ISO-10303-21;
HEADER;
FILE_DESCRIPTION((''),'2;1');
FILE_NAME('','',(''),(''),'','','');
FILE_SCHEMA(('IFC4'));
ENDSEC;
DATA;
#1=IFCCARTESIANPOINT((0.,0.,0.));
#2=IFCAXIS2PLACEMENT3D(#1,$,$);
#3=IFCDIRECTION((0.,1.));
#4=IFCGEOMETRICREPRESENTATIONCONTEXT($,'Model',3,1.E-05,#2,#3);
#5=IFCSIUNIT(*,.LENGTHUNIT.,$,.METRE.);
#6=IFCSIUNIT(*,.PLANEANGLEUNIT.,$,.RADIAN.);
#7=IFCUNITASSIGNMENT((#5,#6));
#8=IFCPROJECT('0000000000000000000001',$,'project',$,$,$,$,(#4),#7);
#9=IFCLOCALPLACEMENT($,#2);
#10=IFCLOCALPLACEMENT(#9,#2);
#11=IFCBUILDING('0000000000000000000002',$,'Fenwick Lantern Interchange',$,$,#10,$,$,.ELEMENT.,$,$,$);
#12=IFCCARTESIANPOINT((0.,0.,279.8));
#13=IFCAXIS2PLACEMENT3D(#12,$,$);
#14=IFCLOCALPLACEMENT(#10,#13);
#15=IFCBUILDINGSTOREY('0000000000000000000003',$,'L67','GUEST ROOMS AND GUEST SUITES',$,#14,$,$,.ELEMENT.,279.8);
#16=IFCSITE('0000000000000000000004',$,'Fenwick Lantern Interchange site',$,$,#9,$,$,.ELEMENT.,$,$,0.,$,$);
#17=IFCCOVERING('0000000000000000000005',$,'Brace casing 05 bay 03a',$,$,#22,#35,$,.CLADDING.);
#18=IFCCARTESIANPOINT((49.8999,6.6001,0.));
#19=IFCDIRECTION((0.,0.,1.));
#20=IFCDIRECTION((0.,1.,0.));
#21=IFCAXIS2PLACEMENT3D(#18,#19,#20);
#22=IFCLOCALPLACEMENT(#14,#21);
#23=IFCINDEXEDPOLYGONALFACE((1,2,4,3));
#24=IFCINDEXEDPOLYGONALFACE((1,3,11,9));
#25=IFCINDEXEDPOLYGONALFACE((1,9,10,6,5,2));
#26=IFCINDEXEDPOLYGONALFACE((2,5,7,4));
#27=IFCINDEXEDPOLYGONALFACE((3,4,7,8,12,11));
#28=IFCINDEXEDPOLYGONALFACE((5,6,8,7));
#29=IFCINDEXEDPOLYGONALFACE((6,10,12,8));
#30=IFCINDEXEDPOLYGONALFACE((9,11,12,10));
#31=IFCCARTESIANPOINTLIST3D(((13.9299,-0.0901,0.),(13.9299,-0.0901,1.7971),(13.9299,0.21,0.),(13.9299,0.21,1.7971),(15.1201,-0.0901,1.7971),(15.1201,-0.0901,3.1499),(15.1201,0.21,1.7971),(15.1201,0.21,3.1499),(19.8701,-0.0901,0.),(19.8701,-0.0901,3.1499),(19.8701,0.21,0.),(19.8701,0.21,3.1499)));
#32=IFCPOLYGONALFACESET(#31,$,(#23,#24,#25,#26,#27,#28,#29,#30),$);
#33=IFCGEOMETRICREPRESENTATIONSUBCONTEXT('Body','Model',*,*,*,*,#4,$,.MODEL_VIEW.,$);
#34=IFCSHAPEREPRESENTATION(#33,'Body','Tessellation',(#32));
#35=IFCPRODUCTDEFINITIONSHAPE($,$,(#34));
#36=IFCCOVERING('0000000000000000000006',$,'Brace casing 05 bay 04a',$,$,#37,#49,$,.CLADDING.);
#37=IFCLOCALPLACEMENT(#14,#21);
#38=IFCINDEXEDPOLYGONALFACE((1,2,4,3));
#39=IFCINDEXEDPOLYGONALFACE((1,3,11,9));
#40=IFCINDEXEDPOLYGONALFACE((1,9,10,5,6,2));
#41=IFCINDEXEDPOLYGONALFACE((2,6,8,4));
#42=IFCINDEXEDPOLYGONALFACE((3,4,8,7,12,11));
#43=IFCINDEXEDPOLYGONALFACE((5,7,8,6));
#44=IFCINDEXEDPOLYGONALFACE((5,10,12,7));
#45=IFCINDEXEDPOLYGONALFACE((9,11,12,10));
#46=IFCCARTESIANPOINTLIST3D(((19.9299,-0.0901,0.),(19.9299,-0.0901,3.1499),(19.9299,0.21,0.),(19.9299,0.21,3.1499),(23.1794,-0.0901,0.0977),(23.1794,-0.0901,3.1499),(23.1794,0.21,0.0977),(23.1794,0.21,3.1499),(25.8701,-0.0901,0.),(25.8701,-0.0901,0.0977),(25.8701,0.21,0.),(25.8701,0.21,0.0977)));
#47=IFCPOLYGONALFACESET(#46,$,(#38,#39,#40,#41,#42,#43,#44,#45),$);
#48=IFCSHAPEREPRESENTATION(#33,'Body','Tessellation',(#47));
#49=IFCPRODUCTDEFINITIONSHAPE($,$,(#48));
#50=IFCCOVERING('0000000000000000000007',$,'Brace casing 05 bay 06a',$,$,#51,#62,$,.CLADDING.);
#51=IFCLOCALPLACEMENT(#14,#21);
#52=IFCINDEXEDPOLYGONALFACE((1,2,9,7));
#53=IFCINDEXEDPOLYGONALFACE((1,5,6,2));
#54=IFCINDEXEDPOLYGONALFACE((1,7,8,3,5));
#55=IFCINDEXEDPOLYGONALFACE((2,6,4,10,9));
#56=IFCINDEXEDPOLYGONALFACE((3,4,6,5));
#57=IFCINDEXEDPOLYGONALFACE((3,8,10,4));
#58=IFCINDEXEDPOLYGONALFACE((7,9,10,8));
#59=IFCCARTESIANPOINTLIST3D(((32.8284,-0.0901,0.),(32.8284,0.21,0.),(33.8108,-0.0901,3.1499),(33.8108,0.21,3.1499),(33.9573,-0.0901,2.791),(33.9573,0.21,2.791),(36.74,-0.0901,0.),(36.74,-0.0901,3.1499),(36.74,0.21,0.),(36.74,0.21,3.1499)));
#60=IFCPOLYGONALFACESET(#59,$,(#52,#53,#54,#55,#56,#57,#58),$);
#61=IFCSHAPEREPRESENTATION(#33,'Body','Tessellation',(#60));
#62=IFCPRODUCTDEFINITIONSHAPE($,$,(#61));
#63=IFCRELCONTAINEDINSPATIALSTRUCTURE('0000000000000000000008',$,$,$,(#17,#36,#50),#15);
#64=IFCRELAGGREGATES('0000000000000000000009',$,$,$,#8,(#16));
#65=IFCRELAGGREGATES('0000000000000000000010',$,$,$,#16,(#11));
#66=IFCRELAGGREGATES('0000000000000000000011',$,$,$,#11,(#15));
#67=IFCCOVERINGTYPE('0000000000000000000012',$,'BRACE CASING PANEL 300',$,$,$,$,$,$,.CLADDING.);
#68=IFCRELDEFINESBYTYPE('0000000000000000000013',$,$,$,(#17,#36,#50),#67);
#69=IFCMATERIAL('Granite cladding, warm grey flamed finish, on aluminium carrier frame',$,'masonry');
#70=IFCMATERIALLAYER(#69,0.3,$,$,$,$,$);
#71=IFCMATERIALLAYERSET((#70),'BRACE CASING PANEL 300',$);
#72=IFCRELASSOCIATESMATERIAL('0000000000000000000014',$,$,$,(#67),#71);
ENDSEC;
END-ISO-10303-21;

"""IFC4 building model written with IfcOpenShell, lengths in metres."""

from ifc_helpers import new_model, si_unit, direction, frame, origin, place, context, subcontext, project, spatial, polyline, outline, extrude, material, layer, layer_set, type_object, element, save


model = new_model("IFC4")

# Units and contexts
model_context = context("Model", 3, precision=1e-05, world=origin(), true_north=direction((0.0, 1.0)))
body_context = subcontext(model_context, "Body", "Model", "MODEL_VIEW")
ifc_project = project(units=[si_unit("LENGTHUNIT", "METRE"), si_unit("PLANEANGLEUNIT", "RADIAN")], contexts=[model_context])

# Site, building, storey
site_placement = place(None, origin())
site = spatial("IfcSite", under=ifc_project, at=site_placement, Name="Fenwick Lantern Interchange site", CompositionType="ELEMENT", RefElevation=0.0)
building_placement = place(site_placement, origin())
building = spatial("IfcBuilding", under=site, at=building_placement, Name="Fenwick Lantern Interchange", CompositionType="ELEMENT")
storey_placement = place(building_placement, frame((0.0, 0.0, 279.8)))
storey = spatial("IfcBuildingStorey", under=building, at=storey_placement, Name="L67", Description="GUEST ROOMS AND GUEST SUITES", CompositionType="ELEMENT", Elevation=279.8)

# Coverings
ifc_material_1 = material(Name="Granite cladding, warm grey flamed finish, on aluminium carrier frame", Category="masonry")
ifc_layer_1 = layer(ifc_material_1, 0.3)
ifc_layer_set_1 = layer_set([ifc_layer_1], Name="BRACE CASING PANEL 300")
covering_type = type_object("IfcCoveringType", Name="BRACE CASING PANEL 300", PredefinedType="CLADDING", material=ifc_layer_set_1)
covering_1_placement = place(storey_placement, frame((49.8999, 6.6001, 0.0), z_axis=(0.0, 0.0, 1.0), x_axis=(0.0, 1.0, 0.0)))
element("IfcCovering", 1, at=covering_1_placement, inside=storey, type_object=covering_type, Name="Brace casing 05 bay 03a", PredefinedType="CLADDING", context=body_context, shape_type="SweptSolid", body=[
    extrude(outline(polyline([(13.9299, 0.0), (19.8701, 0.0), (19.8701, 3.1499), (15.1201, 3.1499), (15.1201, 1.7971), (13.9299, 1.7971), (13.9299, 0.0)])), frame((0.0, 0.21, 0.0), z_axis=(0.0, -1.0, 0.0), x_axis=(1.0, 0.0, 0.0)), (0.0, 0.0, 1.0), 0.3),
])
covering_2_placement = place(storey_placement, frame((49.8999, 6.6001, 0.0), z_axis=(0.0, 0.0, 1.0), x_axis=(0.0, 1.0, 0.0)))
element("IfcCovering", 2, at=covering_2_placement, inside=storey, type_object=covering_type, Name="Brace casing 05 bay 04a", PredefinedType="CLADDING", context=body_context, shape_type="SweptSolid", body=[
    extrude(outline(polyline([(19.9299, 0.0), (25.8701, 0.0), (25.8701, 0.0977), (23.1794, 0.0977), (23.1794, 3.1499), (19.9299, 3.1499), (19.9299, 0.0)])), frame((0.0, 0.21, 0.0), z_axis=(0.0, -1.0, 0.0), x_axis=(1.0, 0.0, 0.0)), (0.0, 0.0, 1.0), 0.3),
])
covering_3_placement = place(storey_placement, frame((49.8999, 6.6001, 0.0), z_axis=(0.0, 0.0, 1.0), x_axis=(0.0, 1.0, 0.0)))
element("IfcCovering", 3, at=covering_3_placement, inside=storey, type_object=covering_type, Name="Brace casing 05 bay 06a", PredefinedType="CLADDING", context=body_context, shape_type="SweptSolid", body=[
    extrude(outline(polyline([(32.8284, 0.0), (36.74, 0.0), (36.74, 3.1499), (33.8108, 3.1499), (33.9573, 2.791), (32.8284, 0.0)])), frame((0.0, 0.21, 0.0), z_axis=(0.0, -1.0, 0.0), x_axis=(1.0, 0.0, 0.0)), (0.0, 0.0, 1.0), 0.3),
])

save(model, "model.ifc")
